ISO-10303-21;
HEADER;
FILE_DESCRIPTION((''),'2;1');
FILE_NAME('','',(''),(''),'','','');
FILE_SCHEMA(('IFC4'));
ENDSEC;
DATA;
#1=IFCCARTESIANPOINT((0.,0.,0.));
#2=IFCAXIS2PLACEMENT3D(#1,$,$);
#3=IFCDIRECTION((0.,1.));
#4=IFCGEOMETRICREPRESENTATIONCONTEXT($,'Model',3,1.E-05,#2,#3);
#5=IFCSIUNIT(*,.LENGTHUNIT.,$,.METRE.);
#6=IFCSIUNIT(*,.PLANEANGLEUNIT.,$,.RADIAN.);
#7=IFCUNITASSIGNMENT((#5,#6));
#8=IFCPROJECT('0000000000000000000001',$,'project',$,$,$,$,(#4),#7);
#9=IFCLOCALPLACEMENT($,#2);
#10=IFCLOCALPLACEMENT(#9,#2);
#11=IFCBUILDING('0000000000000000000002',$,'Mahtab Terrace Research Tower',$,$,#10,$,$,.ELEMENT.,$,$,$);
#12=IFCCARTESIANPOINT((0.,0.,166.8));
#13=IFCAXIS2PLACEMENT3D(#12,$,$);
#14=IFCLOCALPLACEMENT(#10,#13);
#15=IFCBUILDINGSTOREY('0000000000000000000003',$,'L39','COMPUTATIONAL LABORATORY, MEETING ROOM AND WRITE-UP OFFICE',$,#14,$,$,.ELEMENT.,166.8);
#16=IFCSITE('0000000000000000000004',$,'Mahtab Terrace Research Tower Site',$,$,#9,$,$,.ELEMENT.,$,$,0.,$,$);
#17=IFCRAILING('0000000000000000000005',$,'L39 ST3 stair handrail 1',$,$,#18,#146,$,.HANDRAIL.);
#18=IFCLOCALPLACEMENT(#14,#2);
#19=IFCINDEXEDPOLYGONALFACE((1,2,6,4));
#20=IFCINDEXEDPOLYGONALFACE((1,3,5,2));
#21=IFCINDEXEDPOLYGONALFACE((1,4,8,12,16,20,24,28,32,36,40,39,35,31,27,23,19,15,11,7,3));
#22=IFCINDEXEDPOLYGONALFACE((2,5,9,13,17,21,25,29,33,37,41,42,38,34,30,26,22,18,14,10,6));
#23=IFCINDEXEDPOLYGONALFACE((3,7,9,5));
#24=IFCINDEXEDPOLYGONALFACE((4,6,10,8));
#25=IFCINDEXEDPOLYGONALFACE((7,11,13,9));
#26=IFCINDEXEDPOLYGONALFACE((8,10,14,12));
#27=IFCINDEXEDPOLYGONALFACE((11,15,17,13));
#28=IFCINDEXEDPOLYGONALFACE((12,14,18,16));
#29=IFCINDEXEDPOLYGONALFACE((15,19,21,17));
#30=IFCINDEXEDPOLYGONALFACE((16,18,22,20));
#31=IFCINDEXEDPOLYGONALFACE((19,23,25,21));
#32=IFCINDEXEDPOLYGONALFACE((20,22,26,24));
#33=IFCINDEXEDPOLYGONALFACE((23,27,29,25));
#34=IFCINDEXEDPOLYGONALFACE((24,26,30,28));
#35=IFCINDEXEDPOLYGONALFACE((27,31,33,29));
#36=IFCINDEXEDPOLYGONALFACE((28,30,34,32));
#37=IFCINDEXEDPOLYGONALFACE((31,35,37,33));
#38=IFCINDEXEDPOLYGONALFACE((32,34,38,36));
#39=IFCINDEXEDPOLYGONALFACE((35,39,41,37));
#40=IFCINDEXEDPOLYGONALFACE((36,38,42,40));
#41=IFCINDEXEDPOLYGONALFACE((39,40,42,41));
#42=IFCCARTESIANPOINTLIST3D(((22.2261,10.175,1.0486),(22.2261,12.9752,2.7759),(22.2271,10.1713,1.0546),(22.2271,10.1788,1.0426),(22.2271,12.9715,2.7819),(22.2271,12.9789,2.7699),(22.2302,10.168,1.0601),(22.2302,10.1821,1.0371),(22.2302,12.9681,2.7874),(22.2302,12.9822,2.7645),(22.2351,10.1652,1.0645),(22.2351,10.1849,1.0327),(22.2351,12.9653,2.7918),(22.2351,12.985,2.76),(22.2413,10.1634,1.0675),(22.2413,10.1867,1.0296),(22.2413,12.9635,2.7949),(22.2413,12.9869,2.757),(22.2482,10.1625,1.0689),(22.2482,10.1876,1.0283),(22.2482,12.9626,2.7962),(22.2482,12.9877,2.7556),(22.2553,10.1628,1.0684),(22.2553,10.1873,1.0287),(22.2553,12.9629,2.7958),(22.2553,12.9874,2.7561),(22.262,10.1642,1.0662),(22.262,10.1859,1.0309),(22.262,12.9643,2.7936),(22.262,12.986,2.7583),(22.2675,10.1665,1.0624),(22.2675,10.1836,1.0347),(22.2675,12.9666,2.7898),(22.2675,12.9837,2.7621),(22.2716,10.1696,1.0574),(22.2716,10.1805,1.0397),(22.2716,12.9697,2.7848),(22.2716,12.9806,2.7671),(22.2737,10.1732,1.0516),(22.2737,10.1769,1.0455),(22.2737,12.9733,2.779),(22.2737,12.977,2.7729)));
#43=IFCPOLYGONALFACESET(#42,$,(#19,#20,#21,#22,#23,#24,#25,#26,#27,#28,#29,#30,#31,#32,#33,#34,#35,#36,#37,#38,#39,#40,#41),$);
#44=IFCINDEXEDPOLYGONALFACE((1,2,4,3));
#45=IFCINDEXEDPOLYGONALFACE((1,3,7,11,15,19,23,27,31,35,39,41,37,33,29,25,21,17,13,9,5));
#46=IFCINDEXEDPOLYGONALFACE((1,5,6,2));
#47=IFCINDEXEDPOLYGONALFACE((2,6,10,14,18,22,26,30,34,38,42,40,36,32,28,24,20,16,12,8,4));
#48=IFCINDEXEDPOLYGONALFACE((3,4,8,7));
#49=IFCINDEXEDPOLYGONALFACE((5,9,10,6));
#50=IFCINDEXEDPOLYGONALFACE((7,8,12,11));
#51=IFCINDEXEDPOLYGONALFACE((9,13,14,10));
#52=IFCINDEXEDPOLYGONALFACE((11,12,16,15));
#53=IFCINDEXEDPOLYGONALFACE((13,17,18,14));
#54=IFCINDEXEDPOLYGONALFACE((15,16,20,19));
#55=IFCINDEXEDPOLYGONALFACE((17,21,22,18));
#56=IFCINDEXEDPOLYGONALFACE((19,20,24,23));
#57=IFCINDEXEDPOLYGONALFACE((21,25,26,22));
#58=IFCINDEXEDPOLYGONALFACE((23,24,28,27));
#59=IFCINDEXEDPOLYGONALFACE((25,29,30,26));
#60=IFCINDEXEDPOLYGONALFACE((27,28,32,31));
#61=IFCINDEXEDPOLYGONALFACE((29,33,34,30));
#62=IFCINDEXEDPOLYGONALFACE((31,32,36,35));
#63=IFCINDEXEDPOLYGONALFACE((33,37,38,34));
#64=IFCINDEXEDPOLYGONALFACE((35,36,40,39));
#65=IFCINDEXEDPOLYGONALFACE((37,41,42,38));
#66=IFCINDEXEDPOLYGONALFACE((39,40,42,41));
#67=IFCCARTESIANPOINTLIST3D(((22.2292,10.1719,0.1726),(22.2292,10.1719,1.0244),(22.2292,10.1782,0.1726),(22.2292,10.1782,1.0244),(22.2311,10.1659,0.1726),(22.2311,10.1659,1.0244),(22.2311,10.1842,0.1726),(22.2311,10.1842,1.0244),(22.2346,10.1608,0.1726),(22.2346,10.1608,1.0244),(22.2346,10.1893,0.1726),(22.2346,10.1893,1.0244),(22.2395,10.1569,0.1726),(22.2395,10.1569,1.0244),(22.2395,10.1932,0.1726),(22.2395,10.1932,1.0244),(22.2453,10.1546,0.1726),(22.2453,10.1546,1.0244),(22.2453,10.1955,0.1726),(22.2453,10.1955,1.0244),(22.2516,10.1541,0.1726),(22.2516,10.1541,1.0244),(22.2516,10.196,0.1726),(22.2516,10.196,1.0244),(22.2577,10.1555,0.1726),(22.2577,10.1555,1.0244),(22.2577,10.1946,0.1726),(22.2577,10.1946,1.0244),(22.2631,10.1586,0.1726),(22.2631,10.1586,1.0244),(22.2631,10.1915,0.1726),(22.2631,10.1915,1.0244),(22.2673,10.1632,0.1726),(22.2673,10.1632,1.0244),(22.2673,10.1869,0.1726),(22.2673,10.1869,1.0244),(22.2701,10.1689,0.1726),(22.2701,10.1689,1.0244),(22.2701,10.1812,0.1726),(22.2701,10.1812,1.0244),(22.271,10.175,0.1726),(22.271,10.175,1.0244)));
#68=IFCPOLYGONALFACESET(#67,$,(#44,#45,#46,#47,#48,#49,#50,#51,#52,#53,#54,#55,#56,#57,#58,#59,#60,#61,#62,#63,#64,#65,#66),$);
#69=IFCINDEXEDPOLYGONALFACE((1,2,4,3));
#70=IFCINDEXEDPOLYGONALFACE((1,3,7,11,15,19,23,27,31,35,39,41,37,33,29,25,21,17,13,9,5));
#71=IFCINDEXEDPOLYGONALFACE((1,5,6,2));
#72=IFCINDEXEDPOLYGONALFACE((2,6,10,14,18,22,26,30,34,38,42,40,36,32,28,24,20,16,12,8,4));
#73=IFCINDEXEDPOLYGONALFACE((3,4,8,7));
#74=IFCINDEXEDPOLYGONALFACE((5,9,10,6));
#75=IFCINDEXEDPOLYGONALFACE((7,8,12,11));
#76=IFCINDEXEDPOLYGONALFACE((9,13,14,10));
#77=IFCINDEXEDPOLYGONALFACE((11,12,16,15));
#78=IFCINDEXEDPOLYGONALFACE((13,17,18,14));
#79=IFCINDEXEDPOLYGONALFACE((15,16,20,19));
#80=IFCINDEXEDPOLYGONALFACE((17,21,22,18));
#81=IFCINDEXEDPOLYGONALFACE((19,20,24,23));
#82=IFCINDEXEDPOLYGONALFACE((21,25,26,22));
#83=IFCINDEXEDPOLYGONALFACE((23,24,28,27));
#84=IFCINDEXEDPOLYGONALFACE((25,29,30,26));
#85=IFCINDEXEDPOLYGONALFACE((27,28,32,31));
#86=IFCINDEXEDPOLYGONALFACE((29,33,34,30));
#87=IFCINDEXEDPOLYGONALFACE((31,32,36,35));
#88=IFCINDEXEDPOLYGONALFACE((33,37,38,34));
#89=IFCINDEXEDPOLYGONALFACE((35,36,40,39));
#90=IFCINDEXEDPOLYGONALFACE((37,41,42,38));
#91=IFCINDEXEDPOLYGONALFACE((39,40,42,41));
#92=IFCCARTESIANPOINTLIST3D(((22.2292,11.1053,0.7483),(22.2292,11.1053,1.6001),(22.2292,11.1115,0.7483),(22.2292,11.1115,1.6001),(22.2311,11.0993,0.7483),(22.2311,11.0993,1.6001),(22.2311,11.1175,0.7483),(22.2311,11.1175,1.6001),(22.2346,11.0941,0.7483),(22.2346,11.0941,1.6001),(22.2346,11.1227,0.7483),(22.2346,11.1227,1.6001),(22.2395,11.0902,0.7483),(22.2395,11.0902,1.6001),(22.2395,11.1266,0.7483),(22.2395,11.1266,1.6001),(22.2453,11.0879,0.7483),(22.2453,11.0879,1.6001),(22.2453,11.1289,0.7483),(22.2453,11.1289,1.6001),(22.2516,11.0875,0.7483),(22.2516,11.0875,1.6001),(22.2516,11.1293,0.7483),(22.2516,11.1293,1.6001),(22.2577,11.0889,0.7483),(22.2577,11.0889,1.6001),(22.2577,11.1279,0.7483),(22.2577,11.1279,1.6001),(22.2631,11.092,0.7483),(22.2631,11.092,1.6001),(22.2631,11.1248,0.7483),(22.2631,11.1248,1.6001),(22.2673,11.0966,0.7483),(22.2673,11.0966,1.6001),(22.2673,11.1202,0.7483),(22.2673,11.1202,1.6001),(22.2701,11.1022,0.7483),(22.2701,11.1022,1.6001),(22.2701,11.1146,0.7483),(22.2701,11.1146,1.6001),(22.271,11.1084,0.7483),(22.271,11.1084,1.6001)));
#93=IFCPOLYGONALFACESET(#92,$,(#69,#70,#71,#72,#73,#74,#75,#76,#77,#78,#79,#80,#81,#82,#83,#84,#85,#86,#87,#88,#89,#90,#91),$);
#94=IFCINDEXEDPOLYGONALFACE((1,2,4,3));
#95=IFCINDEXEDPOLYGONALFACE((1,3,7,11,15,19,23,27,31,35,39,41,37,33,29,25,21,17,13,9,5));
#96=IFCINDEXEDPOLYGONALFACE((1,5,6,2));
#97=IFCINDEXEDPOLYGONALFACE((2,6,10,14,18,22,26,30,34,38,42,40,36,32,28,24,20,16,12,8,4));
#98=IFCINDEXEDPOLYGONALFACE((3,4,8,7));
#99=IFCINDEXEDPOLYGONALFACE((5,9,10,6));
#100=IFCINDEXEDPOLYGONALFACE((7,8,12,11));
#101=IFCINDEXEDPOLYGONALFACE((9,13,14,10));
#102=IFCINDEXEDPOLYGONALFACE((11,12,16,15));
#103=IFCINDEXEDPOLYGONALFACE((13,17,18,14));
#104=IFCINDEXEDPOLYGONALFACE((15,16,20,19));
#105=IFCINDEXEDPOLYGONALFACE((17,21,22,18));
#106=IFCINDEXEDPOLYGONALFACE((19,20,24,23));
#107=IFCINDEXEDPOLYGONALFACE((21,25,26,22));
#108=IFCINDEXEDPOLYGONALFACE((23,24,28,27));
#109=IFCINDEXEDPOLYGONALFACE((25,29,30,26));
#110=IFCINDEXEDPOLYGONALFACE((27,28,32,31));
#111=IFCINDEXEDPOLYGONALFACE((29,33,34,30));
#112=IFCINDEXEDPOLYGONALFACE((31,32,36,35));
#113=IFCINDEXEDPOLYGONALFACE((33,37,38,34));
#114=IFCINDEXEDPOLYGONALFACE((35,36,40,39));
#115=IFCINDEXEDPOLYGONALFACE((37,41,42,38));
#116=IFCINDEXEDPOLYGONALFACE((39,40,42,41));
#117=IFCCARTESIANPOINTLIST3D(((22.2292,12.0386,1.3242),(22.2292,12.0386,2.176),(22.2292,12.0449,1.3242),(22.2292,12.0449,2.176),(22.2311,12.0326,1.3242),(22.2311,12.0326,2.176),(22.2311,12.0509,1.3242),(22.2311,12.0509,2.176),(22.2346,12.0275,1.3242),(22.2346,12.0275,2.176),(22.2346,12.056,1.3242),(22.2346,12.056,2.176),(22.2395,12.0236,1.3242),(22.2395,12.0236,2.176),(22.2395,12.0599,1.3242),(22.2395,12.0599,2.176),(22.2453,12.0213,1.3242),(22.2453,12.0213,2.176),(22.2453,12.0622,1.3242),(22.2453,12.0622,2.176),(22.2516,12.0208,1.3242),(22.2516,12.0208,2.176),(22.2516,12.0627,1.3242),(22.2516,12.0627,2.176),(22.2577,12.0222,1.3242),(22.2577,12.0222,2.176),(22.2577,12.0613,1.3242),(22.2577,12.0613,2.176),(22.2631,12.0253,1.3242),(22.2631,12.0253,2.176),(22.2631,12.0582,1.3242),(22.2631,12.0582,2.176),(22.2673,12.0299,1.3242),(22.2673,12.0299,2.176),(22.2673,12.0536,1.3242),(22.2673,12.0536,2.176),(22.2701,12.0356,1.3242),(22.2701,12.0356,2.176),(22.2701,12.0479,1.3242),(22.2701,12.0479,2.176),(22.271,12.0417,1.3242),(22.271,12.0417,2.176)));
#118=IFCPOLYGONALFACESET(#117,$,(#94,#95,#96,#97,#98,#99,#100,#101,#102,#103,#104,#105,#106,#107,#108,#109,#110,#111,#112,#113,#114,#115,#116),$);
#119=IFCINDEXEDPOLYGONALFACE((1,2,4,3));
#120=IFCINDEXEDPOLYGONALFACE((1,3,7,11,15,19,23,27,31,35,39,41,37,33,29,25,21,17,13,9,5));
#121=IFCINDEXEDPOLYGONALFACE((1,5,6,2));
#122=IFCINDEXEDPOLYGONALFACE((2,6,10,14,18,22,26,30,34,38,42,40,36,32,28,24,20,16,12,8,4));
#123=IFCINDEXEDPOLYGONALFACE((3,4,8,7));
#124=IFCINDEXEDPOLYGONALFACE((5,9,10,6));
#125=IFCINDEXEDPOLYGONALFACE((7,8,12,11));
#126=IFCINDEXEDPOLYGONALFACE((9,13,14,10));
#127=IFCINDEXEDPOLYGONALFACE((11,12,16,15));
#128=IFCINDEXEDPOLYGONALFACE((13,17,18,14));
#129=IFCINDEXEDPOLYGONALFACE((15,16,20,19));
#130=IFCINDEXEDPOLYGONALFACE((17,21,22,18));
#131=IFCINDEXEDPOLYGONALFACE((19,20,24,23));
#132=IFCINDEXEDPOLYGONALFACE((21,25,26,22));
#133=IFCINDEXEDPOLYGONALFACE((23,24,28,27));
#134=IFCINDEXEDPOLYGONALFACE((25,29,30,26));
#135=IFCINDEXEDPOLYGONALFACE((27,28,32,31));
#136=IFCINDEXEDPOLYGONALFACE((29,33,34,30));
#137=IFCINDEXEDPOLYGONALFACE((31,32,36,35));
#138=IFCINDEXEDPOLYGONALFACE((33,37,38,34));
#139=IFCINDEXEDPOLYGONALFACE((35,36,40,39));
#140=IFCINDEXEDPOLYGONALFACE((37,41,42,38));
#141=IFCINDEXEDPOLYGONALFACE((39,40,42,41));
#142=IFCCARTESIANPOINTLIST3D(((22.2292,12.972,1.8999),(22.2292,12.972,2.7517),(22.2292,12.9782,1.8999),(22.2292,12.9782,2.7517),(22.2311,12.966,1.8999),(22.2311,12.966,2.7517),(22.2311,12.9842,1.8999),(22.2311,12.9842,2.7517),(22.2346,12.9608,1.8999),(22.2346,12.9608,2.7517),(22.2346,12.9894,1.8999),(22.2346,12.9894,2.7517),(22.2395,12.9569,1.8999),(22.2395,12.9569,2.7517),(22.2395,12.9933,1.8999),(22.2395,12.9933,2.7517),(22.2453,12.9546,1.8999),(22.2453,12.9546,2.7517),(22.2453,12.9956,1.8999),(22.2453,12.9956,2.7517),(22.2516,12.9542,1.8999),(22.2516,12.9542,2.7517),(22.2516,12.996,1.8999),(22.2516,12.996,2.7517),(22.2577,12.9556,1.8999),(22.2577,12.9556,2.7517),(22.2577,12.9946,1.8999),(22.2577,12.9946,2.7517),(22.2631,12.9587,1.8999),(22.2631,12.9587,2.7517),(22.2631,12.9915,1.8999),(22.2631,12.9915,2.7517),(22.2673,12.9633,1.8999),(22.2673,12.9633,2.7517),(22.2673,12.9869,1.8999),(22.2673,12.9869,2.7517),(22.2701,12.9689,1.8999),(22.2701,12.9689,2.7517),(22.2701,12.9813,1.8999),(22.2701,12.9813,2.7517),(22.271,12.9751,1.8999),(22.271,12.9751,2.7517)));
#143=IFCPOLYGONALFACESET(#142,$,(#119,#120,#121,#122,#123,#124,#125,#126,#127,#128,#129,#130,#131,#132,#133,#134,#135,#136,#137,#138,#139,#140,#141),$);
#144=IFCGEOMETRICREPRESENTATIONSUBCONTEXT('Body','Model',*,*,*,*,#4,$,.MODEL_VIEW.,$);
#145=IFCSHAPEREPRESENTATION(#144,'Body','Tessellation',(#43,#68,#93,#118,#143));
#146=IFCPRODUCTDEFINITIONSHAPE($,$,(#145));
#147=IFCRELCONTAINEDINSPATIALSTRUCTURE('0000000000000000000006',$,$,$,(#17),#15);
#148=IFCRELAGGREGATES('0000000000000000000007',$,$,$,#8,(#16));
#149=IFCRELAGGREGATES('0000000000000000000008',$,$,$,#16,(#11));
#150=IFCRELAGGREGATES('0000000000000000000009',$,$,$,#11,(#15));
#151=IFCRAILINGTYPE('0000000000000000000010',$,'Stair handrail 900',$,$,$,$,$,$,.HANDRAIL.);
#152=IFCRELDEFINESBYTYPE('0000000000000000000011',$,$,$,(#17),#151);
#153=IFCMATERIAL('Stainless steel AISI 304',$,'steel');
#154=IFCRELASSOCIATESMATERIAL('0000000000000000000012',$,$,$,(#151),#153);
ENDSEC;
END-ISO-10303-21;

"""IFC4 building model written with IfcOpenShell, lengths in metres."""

from ifc_helpers import new_model, si_unit, direction, frame, origin, origin_2d, place, context, subcontext, project, spatial, circle, extrude, material, type_object, element, save


model = new_model("IFC4")

# Units and contexts
model_context = context("Model", 3, precision=1e-05, world=origin(), true_north=direction((0.0, 1.0)))
body_context = subcontext(model_context, "Body", "Model", "MODEL_VIEW")
ifc_project = project(units=[si_unit("LENGTHUNIT", "METRE"), si_unit("PLANEANGLEUNIT", "RADIAN")], contexts=[model_context])

# Site, building, storey
site_placement = place(None, origin())
site = spatial("IfcSite", under=ifc_project, at=site_placement, Name="Mahtab Terrace Research Tower Site", CompositionType="ELEMENT", RefElevation=0.0)
building_placement = place(site_placement, origin())
building = spatial("IfcBuilding", under=site, at=building_placement, Name="Mahtab Terrace Research Tower", CompositionType="ELEMENT")
storey_placement = place(building_placement, frame((0.0, 0.0, 166.8)))
storey = spatial("IfcBuildingStorey", under=building, at=storey_placement, Name="L39", Description="COMPUTATIONAL LABORATORY, MEETING ROOM AND WRITE-UP OFFICE", CompositionType="ELEMENT", Elevation=166.8)

# Railing
ifc_material_1 = material(Name="Stainless steel AISI 304", Category="steel")
railing_type_1 = type_object("IfcRailingType", Name="Stair handrail 900", PredefinedType="HANDRAIL", material=ifc_material_1)
railing_1_placement = place(storey_placement, frame((22.25, 10.175, 0.1726)))
element("IfcRailing", 1, at=railing_1_placement, inside=storey, type_object=railing_type_1, Name="L39 ST3 stair handrail 1", PredefinedType="HANDRAIL", context=body_context, shape_type="SweptSolid", body=[
    extrude(circle(Radius=0.0239, at=origin_2d()), frame((0.0, 0.0, 0.876), z_axis=(0.0, 0.85109, 0.52502), x_axis=(-1.0, 0.0, 0.0)), (0.0, 0.0, 1.0), 3.29),
    extrude(circle(Radius=0.021, at=origin_2d()), origin(), (0.0, 0.0, 1.0), 0.8518),
    extrude(circle(Radius=0.021, at=origin_2d()), frame((0.0, 0.9333, 0.5757)), (0.0, 0.0, 1.0), 0.8518),
    extrude(circle(Radius=0.021, at=origin_2d()), frame((0.0, 1.8667, 1.1516)), (0.0, 0.0, 1.0), 0.8518),
    extrude(circle(Radius=0.021, at=origin_2d()), frame((0.0, 2.8, 1.7273)), (0.0, 0.0, 1.0), 0.8518),
])

save(model, "model.ifc")
